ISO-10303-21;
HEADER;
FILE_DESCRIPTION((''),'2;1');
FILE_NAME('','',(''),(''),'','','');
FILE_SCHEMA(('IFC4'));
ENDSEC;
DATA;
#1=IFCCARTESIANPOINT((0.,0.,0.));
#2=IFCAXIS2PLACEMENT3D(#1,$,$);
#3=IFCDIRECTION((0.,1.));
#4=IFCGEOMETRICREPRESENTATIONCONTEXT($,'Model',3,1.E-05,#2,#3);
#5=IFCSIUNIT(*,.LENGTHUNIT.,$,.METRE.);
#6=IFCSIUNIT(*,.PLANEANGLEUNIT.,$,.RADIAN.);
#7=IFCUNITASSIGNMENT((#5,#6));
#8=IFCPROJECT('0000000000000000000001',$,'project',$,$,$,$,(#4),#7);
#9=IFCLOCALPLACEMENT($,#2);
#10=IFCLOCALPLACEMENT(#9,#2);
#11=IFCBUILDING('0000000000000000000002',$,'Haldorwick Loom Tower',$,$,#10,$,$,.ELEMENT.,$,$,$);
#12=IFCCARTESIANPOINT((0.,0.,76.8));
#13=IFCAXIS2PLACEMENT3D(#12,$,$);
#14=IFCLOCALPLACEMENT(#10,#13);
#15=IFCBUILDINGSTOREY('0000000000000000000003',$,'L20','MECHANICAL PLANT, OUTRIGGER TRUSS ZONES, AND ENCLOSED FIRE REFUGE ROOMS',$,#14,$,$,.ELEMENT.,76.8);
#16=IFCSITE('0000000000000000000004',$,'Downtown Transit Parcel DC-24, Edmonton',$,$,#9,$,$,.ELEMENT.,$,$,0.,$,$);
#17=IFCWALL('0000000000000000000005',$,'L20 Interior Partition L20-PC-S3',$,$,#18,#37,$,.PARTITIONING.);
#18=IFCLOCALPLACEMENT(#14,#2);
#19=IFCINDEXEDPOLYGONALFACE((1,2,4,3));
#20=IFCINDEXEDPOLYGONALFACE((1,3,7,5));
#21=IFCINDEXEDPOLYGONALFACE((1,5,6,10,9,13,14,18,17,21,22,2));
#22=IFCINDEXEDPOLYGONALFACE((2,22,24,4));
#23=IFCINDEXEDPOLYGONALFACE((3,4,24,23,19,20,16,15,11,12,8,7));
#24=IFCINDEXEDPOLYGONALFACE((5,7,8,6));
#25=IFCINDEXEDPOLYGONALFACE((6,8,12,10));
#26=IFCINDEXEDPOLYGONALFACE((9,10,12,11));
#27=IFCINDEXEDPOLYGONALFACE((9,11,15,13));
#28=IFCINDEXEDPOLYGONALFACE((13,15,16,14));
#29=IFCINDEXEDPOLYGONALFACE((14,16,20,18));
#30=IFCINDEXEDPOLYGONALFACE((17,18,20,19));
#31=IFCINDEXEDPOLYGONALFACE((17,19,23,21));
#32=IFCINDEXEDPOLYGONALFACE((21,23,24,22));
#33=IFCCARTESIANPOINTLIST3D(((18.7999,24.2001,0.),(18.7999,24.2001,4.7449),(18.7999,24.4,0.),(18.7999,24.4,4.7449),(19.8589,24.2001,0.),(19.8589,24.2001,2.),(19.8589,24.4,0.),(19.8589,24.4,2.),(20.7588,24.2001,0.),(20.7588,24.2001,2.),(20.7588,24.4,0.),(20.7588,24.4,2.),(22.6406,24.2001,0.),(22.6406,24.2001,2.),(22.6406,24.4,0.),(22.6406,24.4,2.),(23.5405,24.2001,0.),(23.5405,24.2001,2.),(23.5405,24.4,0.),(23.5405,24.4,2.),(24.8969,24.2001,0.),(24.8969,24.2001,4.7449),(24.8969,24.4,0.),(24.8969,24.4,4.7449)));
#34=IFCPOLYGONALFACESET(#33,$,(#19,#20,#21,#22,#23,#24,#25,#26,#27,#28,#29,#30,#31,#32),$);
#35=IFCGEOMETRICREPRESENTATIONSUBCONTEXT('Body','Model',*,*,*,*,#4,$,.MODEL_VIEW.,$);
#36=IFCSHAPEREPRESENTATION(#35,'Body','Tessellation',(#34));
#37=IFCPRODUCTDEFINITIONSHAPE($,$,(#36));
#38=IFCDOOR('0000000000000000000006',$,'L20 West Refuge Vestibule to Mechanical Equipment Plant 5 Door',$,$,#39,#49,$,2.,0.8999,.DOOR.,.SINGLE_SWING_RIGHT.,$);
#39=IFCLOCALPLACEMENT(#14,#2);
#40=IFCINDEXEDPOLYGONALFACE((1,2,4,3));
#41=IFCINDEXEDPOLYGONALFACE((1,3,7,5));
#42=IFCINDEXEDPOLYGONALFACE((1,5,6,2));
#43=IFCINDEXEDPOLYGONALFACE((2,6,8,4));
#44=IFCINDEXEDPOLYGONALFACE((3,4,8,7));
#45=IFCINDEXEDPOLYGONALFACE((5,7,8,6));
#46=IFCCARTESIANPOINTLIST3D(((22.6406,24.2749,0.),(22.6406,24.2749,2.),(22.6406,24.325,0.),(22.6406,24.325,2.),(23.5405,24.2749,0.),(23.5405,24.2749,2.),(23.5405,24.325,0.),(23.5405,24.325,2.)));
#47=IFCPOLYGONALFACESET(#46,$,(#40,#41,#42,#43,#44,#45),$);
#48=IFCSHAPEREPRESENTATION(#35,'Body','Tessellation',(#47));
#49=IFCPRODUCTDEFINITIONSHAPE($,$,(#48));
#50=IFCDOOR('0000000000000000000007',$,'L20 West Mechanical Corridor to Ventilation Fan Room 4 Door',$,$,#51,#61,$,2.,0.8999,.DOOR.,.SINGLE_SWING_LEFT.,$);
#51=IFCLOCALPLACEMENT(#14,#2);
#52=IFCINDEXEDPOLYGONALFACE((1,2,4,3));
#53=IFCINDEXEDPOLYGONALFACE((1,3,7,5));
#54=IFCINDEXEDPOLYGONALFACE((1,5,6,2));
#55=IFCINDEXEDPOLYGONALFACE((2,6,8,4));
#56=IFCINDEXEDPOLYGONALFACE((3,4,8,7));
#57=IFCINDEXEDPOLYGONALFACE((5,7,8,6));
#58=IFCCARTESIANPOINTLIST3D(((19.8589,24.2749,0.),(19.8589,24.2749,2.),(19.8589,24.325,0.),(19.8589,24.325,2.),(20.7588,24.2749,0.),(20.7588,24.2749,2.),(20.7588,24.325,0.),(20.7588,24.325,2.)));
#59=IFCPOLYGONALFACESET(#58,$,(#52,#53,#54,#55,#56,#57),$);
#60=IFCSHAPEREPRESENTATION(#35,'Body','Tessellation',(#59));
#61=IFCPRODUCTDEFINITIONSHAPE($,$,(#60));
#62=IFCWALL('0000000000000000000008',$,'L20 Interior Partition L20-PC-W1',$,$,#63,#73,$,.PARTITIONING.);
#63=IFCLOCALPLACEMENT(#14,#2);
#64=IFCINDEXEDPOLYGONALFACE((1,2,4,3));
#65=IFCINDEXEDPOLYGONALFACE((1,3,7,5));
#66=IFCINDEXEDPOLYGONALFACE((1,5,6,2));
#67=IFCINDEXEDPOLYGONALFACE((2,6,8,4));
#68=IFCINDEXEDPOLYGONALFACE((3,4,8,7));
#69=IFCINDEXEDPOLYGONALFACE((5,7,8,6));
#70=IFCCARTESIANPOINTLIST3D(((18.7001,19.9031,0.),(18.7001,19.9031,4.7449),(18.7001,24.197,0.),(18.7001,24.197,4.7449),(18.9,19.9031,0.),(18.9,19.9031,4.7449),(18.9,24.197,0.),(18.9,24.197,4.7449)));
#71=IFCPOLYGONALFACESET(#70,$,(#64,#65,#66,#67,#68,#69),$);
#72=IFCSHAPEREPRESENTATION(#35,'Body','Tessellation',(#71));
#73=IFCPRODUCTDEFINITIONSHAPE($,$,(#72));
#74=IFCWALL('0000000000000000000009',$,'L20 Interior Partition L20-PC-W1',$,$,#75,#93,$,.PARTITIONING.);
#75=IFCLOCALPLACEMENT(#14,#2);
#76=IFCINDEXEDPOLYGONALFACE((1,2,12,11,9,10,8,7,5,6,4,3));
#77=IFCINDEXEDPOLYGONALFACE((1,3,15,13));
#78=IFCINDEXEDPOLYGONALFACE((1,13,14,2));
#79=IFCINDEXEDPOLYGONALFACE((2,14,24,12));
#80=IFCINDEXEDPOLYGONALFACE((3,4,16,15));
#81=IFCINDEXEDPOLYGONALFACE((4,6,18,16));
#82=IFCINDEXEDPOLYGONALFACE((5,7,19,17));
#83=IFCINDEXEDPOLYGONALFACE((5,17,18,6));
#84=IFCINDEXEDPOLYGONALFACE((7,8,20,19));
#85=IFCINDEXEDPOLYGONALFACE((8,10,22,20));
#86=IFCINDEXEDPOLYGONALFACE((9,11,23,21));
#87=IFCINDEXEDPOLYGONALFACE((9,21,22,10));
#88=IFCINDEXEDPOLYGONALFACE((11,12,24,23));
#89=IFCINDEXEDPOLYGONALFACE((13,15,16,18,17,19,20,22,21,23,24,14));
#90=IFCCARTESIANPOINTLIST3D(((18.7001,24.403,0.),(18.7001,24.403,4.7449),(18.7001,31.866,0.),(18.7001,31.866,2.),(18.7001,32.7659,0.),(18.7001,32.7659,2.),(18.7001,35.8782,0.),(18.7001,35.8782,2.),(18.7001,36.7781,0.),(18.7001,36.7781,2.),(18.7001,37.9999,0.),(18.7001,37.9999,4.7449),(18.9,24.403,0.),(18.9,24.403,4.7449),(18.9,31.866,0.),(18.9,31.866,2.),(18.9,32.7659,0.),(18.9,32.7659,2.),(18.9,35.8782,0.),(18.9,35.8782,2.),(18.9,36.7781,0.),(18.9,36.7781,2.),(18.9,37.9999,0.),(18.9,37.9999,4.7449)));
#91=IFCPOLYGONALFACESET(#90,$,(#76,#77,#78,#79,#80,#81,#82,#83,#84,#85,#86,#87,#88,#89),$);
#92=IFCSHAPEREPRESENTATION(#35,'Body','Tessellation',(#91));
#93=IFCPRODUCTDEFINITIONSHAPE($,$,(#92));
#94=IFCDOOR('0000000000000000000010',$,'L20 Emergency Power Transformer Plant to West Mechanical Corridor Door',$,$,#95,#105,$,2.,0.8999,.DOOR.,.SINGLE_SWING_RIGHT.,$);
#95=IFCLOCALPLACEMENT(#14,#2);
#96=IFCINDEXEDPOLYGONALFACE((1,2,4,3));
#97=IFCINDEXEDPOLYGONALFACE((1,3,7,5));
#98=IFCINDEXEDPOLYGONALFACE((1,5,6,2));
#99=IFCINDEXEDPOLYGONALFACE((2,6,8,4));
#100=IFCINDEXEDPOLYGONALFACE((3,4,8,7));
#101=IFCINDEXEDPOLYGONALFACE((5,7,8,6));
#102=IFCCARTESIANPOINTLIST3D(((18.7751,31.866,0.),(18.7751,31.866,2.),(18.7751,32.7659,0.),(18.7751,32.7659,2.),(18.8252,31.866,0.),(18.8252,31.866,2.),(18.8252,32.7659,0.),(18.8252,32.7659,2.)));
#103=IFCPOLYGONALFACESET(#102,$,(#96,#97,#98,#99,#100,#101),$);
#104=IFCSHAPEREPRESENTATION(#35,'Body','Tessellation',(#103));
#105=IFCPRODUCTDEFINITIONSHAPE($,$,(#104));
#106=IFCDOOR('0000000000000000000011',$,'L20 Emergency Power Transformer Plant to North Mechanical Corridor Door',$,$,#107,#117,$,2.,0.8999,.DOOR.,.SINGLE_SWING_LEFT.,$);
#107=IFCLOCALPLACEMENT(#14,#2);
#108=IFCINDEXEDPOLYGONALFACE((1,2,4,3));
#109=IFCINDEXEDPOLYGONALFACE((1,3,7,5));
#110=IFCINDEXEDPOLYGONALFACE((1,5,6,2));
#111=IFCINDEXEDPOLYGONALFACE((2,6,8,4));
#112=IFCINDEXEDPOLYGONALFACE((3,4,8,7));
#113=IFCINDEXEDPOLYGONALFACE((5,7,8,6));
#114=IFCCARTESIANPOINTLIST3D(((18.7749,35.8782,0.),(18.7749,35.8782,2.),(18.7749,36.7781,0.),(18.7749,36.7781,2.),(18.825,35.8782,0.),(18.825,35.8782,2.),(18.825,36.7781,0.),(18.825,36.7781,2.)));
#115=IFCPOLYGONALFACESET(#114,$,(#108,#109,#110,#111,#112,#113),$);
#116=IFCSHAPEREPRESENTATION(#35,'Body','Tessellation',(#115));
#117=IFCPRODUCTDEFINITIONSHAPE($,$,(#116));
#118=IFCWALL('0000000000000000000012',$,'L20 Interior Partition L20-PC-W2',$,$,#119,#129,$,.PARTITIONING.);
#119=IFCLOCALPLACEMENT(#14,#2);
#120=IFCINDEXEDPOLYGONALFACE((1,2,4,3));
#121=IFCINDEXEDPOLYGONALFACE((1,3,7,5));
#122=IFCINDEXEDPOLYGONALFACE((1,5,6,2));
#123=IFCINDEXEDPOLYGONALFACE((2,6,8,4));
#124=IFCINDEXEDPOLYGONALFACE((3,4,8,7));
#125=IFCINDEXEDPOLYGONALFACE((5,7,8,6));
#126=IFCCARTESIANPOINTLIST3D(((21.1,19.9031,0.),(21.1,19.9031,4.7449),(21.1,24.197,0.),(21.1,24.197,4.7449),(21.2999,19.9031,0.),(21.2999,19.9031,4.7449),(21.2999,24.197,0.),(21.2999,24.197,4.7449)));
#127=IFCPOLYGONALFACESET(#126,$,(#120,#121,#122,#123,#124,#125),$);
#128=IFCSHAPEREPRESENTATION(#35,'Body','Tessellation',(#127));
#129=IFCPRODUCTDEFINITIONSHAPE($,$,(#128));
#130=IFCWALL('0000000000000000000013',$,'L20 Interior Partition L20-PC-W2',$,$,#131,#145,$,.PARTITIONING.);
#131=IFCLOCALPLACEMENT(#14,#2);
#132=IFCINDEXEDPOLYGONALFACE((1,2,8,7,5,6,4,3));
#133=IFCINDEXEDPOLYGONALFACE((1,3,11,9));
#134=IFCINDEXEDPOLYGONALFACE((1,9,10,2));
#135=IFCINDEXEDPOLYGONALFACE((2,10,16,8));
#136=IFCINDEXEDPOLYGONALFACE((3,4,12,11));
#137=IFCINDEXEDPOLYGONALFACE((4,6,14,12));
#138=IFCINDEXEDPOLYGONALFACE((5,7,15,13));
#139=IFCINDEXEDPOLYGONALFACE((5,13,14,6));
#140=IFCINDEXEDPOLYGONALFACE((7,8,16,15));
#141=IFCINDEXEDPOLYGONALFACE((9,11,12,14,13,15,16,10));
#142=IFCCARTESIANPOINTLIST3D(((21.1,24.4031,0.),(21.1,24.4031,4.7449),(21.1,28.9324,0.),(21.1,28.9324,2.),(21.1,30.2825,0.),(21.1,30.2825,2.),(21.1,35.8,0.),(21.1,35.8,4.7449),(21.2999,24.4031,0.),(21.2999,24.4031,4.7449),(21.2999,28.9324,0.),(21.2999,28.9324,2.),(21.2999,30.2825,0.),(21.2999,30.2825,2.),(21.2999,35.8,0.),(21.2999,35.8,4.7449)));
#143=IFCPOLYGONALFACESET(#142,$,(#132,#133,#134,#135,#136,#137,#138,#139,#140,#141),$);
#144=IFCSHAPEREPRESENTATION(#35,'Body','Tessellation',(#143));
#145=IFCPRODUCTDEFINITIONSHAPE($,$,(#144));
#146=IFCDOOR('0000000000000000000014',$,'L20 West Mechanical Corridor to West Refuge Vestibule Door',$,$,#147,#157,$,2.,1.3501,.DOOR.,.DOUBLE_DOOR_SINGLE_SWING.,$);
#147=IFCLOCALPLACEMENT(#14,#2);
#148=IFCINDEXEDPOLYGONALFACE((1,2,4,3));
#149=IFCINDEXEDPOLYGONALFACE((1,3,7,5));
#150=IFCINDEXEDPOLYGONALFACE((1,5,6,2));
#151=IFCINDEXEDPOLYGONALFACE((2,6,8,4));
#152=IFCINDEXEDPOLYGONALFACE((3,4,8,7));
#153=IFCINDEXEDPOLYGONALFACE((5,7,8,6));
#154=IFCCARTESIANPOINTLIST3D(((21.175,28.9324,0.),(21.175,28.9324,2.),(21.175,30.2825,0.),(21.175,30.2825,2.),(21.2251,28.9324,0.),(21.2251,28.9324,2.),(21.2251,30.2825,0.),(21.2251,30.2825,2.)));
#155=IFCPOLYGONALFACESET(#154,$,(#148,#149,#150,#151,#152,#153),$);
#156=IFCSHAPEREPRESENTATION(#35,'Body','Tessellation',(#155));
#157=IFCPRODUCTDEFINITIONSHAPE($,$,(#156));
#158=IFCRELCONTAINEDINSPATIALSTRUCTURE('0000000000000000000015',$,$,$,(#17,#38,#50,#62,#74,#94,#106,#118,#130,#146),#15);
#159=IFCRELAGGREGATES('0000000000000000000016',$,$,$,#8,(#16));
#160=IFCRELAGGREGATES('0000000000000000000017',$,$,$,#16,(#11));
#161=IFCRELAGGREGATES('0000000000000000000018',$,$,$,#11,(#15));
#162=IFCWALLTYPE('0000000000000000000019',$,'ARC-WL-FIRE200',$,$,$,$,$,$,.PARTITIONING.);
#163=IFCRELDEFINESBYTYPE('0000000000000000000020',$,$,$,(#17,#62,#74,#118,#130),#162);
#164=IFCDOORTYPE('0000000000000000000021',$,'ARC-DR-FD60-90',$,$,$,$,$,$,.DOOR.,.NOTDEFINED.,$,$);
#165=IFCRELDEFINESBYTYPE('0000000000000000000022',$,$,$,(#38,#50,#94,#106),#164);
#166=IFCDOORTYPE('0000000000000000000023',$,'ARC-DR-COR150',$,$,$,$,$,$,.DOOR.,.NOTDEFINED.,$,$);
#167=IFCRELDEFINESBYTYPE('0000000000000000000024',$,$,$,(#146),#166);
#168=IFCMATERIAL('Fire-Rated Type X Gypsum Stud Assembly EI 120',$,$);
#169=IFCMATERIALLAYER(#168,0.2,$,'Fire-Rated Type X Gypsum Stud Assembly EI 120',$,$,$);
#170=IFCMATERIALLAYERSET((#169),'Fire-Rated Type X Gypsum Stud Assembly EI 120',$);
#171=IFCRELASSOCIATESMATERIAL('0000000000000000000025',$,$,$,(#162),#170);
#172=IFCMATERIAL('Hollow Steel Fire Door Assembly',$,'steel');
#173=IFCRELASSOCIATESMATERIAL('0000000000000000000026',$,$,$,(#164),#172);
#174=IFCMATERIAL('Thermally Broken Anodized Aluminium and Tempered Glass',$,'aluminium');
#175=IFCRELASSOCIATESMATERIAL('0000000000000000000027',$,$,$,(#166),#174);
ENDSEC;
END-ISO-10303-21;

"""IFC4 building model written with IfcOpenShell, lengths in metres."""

from ifc_helpers import new_model, si_unit, direction, frame, frame_2d, origin, place, context, subcontext, project, spatial, rectangle, extrude, material, layer, layer_set, type_object, element, fill, save


model = new_model("IFC4")

# Units and contexts
model_context = context("Model", 3, precision=1e-05, world=origin(), true_north=direction((0.0, 1.0)))
body_context = subcontext(model_context, "Body", "Model", "MODEL_VIEW")
ifc_project = project(units=[si_unit("LENGTHUNIT", "METRE"), si_unit("PLANEANGLEUNIT", "RADIAN")], contexts=[model_context])

# Site, building, storey
site_placement = place(None, origin())
site = spatial("IfcSite", under=ifc_project, at=site_placement, Name="Downtown Transit Parcel DC-24, Edmonton", CompositionType="ELEMENT", RefElevation=0.0)
building_placement = place(site_placement, origin())
building = spatial("IfcBuilding", under=site, at=building_placement, Name="Haldorwick Loom Tower", CompositionType="ELEMENT")
storey_placement = place(building_placement, frame((0.0, 0.0, 76.8)))
storey = spatial("IfcBuildingStorey", under=building, at=storey_placement, Name="L20", Description="MECHANICAL PLANT, OUTRIGGER TRUSS ZONES, AND ENCLOSED FIRE REFUGE ROOMS", CompositionType="ELEMENT", Elevation=76.8)

# Wall, openings, doors
ifc_material_1 = material(Name="Fire-Rated Type X Gypsum Stud Assembly EI 120")
ifc_layer_1 = layer(ifc_material_1, 0.2, Name="Fire-Rated Type X Gypsum Stud Assembly EI 120")
ifc_layer_set_1 = layer_set([ifc_layer_1], Name="Fire-Rated Type X Gypsum Stud Assembly EI 120")
wall_type = type_object("IfcWallType", Name="ARC-WL-FIRE200", PredefinedType="PARTITIONING", material=ifc_layer_set_1)
wall_1_placement = place(storey_placement, frame((18.8, 24.3, 0.0), z_axis=(0.0, 0.0, 1.0), x_axis=(1.0, 0.0, 0.0)))
wall_1 = element("IfcWall", 1, at=wall_1_placement, inside=storey, type_object=wall_type, Name="L20 Interior Partition L20-PC-S3", PredefinedType="PARTITIONING", context=body_context, shape_type="SweptSolid", body=[
    extrude(rectangle(XDim=6.0969, YDim=0.2, at=frame_2d((3.0483, 0.0))), origin(), (0.0, 0.0, 1.0), 4.7449),
])
opening_1_placement = place(wall_1_placement, frame((3.8406, 0.0, 0.0)))
opening_1 = element("IfcOpeningElement", 2, at=opening_1_placement, cuts=wall_1, PredefinedType="OPENING", context=body_context, shape_type="SweptSolid", body=[
    extrude(rectangle(XDim=0.8999, YDim=2.0, at=frame_2d((0.45, 1.0))), frame((0.0, 0.1099, 0.0), z_axis=(0.0, -1.0, 0.0), x_axis=(1.0, 0.0, 0.0)), (0.0, 0.0, 1.0), 0.22),
])
opening_2_placement = place(wall_1_placement, frame((1.0588, 0.0, 0.0)))
opening_2 = element("IfcOpeningElement", 3, at=opening_2_placement, cuts=wall_1, PredefinedType="OPENING", context=body_context, shape_type="SweptSolid", body=[
    extrude(rectangle(XDim=0.8999, YDim=2.0, at=frame_2d((0.45, 1.0))), frame((0.0, 0.1099, 0.0), z_axis=(0.0, -1.0, 0.0), x_axis=(1.0, 0.0, 0.0)), (0.0, 0.0, 1.0), 0.22),
])
ifc_material_2 = material(Name="Hollow Steel Fire Door Assembly", Category="steel")
door_type_1 = type_object("IfcDoorType", Name="ARC-DR-FD60-90", OperationType="NOTDEFINED", PredefinedType="DOOR", material=ifc_material_2)
door_1_placement = place(opening_1_placement, origin())
door_1 = element("IfcDoor", 4, at=door_1_placement, inside=storey, type_object=door_type_1, Name="L20 West Refuge Vestibule to Mechanical Equipment Plant 5 Door", OperationType="SINGLE_SWING_RIGHT", OverallHeight=2.0, OverallWidth=0.8999, PredefinedType="DOOR", context=body_context, shape_type="SweptSolid", body=[
    extrude(rectangle(XDim=0.8999, YDim=2.0, at=frame_2d((0.45, 1.0))), frame((0.0, 0.0249, 0.0), z_axis=(0.0, -1.0, 0.0), x_axis=(1.0, 0.0, 0.0)), (0.0, 0.0, 1.0), 0.05),
])
fill(opening_1, door_1)
door_2_placement = place(opening_2_placement, origin())
door_2 = element("IfcDoor", 5, at=door_2_placement, inside=storey, type_object=door_type_1, Name="L20 West Mechanical Corridor to Ventilation Fan Room 4 Door", OperationType="SINGLE_SWING_LEFT", OverallHeight=2.0, OverallWidth=0.8999, PredefinedType="DOOR", context=body_context, shape_type="SweptSolid", body=[
    extrude(rectangle(XDim=0.8999, YDim=2.0, at=frame_2d((0.45, 1.0))), frame((0.0, 0.0249, 0.0), z_axis=(0.0, -1.0, 0.0), x_axis=(1.0, 0.0, 0.0)), (0.0, 0.0, 1.0), 0.05),
])
fill(opening_2, door_2)

# Wall
wall_2_placement = place(storey_placement, frame((18.8, 19.9031, 0.0), z_axis=(0.0, 0.0, 1.0), x_axis=(0.0, 1.0, 0.0)))
element("IfcWall", 6, at=wall_2_placement, inside=storey, type_object=wall_type, Name="L20 Interior Partition L20-PC-W1", PredefinedType="PARTITIONING", context=body_context, shape_type="SweptSolid", body=[
    extrude(rectangle(XDim=4.2939, YDim=0.2, at=frame_2d((2.147, 0.0))), origin(), (0.0, 0.0, 1.0), 4.7449),
])

# Wall, openings, doors
wall_3_placement = place(storey_placement, frame((18.8, 24.4031, 0.0), z_axis=(0.0, 0.0, 1.0), x_axis=(0.0, 1.0, 0.0)))
wall_3 = element("IfcWall", 7, at=wall_3_placement, inside=storey, type_object=wall_type, Name="L20 Interior Partition L20-PC-W1", PredefinedType="PARTITIONING", context=body_context, shape_type="SweptSolid", body=[
    extrude(rectangle(XDim=13.5969, YDim=0.2, at=frame_2d((6.7983, 0.0))), origin(), (0.0, 0.0, 1.0), 4.7449),
])
opening_3_placement = place(wall_3_placement, frame((7.4629, 0.0, 0.0)))
opening_3 = element("IfcOpeningElement", 8, at=opening_3_placement, cuts=wall_3, PredefinedType="OPENING", context=body_context, shape_type="SweptSolid", body=[
    extrude(rectangle(XDim=0.8999, YDim=2.0, at=frame_2d((0.45, 1.0))), frame((0.0, 0.1099, 0.0), z_axis=(0.0, -1.0, 0.0), x_axis=(1.0, 0.0, 0.0)), (0.0, 0.0, 1.0), 0.22),
])
opening_4_placement = place(wall_3_placement, frame((11.4751, 0.0, 0.0)))
opening_4 = element("IfcOpeningElement", 9, at=opening_4_placement, cuts=wall_3, PredefinedType="OPENING", context=body_context, shape_type="SweptSolid", body=[
    extrude(rectangle(XDim=0.8999, YDim=2.0, at=frame_2d((0.45, 1.0))), frame((0.0, 0.1099, 0.0), z_axis=(0.0, -1.0, 0.0), x_axis=(1.0, 0.0, 0.0)), (0.0, 0.0, 1.0), 0.22),
])
door_3_placement = place(opening_3_placement, origin())
door_3 = element("IfcDoor", 10, at=door_3_placement, inside=storey, type_object=door_type_1, Name="L20 Emergency Power Transformer Plant to West Mechanical Corridor Door", OperationType="SINGLE_SWING_RIGHT", OverallHeight=2.0, OverallWidth=0.8999, PredefinedType="DOOR", context=body_context, shape_type="SweptSolid", body=[
    extrude(rectangle(XDim=0.8999, YDim=2.0, at=frame_2d((0.45, 1.0))), frame((0.0, 0.0249, 0.0), z_axis=(0.0, -1.0, 0.0), x_axis=(1.0, 0.0, 0.0)), (0.0, 0.0, 1.0), 0.05),
])
fill(opening_3, door_3)
door_4_placement = place(opening_4_placement, frame((0.8999, 0.0, 0.0), z_axis=(0.0, 0.0, 1.0), x_axis=(-1.0, 0.0, 0.0)))
door_4 = element("IfcDoor", 11, at=door_4_placement, inside=storey, type_object=door_type_1, Name="L20 Emergency Power Transformer Plant to North Mechanical Corridor Door", OperationType="SINGLE_SWING_LEFT", OverallHeight=2.0, OverallWidth=0.8999, PredefinedType="DOOR", context=body_context, shape_type="SweptSolid", body=[
    extrude(rectangle(XDim=0.8999, YDim=2.0, at=frame_2d((0.45, 1.0))), frame((0.0, 0.0249, 0.0), z_axis=(0.0, -1.0, 0.0), x_axis=(1.0, 0.0, 0.0)), (0.0, 0.0, 1.0), 0.05),
])
fill(opening_4, door_4)

# Wall
wall_4_placement = place(storey_placement, frame((21.2, 19.9031, 0.0), z_axis=(0.0, 0.0, 1.0), x_axis=(0.0, 1.0, 0.0)))
element("IfcWall", 12, at=wall_4_placement, inside=storey, type_object=wall_type, Name="L20 Interior Partition L20-PC-W2", PredefinedType="PARTITIONING", context=body_context, shape_type="SweptSolid", body=[
    extrude(rectangle(XDim=4.2939, YDim=0.2, at=frame_2d((2.147, 0.0))), origin(), (0.0, 0.0, 1.0), 4.7449),
])

# Wall, opening, door
wall_5_placement = place(storey_placement, frame((21.2, 24.4031, 0.0), z_axis=(0.0, 0.0, 1.0), x_axis=(0.0, 1.0, 0.0)))
wall_5 = element("IfcWall", 13, at=wall_5_placement, inside=storey, type_object=wall_type, Name="L20 Interior Partition L20-PC-W2", PredefinedType="PARTITIONING", context=body_context, shape_type="SweptSolid", body=[
    extrude(rectangle(XDim=11.397, YDim=0.2, at=frame_2d((5.6985, 0.0))), origin(), (0.0, 0.0, 1.0), 4.7449),
])
opening_5_placement = place(wall_5_placement, frame((4.5293, 0.0, 0.0)))
opening_5 = element("IfcOpeningElement", 14, at=opening_5_placement, cuts=wall_5, PredefinedType="OPENING", context=body_context, shape_type="SweptSolid", body=[
    extrude(rectangle(XDim=1.3501, YDim=2.0, at=frame_2d((0.675, 1.0))), frame((0.0, 0.1099, 0.0), z_axis=(0.0, -1.0, 0.0), x_axis=(1.0, 0.0, 0.0)), (0.0, 0.0, 1.0), 0.22),
])
ifc_material_3 = material(Name="Thermally Broken Anodized Aluminium and Tempered Glass", Category="aluminium")
door_type_2 = type_object("IfcDoorType", Name="ARC-DR-COR150", OperationType="NOTDEFINED", PredefinedType="DOOR", material=ifc_material_3)
door_5_placement = place(opening_5_placement, origin())
door_5 = element("IfcDoor", 15, at=door_5_placement, inside=storey, type_object=door_type_2, Name="L20 West Mechanical Corridor to West Refuge Vestibule Door", OperationType="DOUBLE_DOOR_SINGLE_SWING", OverallHeight=2.0, OverallWidth=1.3501, PredefinedType="DOOR", context=body_context, shape_type="SweptSolid", body=[
    extrude(rectangle(XDim=1.3501, YDim=2.0, at=frame_2d((0.675, 1.0))), frame((0.0, 0.0249, 0.0), z_axis=(0.0, -1.0, 0.0), x_axis=(1.0, 0.0, 0.0)), (0.0, 0.0, 1.0), 0.05),
])
fill(opening_5, door_5)

save(model, "model.ifc")
